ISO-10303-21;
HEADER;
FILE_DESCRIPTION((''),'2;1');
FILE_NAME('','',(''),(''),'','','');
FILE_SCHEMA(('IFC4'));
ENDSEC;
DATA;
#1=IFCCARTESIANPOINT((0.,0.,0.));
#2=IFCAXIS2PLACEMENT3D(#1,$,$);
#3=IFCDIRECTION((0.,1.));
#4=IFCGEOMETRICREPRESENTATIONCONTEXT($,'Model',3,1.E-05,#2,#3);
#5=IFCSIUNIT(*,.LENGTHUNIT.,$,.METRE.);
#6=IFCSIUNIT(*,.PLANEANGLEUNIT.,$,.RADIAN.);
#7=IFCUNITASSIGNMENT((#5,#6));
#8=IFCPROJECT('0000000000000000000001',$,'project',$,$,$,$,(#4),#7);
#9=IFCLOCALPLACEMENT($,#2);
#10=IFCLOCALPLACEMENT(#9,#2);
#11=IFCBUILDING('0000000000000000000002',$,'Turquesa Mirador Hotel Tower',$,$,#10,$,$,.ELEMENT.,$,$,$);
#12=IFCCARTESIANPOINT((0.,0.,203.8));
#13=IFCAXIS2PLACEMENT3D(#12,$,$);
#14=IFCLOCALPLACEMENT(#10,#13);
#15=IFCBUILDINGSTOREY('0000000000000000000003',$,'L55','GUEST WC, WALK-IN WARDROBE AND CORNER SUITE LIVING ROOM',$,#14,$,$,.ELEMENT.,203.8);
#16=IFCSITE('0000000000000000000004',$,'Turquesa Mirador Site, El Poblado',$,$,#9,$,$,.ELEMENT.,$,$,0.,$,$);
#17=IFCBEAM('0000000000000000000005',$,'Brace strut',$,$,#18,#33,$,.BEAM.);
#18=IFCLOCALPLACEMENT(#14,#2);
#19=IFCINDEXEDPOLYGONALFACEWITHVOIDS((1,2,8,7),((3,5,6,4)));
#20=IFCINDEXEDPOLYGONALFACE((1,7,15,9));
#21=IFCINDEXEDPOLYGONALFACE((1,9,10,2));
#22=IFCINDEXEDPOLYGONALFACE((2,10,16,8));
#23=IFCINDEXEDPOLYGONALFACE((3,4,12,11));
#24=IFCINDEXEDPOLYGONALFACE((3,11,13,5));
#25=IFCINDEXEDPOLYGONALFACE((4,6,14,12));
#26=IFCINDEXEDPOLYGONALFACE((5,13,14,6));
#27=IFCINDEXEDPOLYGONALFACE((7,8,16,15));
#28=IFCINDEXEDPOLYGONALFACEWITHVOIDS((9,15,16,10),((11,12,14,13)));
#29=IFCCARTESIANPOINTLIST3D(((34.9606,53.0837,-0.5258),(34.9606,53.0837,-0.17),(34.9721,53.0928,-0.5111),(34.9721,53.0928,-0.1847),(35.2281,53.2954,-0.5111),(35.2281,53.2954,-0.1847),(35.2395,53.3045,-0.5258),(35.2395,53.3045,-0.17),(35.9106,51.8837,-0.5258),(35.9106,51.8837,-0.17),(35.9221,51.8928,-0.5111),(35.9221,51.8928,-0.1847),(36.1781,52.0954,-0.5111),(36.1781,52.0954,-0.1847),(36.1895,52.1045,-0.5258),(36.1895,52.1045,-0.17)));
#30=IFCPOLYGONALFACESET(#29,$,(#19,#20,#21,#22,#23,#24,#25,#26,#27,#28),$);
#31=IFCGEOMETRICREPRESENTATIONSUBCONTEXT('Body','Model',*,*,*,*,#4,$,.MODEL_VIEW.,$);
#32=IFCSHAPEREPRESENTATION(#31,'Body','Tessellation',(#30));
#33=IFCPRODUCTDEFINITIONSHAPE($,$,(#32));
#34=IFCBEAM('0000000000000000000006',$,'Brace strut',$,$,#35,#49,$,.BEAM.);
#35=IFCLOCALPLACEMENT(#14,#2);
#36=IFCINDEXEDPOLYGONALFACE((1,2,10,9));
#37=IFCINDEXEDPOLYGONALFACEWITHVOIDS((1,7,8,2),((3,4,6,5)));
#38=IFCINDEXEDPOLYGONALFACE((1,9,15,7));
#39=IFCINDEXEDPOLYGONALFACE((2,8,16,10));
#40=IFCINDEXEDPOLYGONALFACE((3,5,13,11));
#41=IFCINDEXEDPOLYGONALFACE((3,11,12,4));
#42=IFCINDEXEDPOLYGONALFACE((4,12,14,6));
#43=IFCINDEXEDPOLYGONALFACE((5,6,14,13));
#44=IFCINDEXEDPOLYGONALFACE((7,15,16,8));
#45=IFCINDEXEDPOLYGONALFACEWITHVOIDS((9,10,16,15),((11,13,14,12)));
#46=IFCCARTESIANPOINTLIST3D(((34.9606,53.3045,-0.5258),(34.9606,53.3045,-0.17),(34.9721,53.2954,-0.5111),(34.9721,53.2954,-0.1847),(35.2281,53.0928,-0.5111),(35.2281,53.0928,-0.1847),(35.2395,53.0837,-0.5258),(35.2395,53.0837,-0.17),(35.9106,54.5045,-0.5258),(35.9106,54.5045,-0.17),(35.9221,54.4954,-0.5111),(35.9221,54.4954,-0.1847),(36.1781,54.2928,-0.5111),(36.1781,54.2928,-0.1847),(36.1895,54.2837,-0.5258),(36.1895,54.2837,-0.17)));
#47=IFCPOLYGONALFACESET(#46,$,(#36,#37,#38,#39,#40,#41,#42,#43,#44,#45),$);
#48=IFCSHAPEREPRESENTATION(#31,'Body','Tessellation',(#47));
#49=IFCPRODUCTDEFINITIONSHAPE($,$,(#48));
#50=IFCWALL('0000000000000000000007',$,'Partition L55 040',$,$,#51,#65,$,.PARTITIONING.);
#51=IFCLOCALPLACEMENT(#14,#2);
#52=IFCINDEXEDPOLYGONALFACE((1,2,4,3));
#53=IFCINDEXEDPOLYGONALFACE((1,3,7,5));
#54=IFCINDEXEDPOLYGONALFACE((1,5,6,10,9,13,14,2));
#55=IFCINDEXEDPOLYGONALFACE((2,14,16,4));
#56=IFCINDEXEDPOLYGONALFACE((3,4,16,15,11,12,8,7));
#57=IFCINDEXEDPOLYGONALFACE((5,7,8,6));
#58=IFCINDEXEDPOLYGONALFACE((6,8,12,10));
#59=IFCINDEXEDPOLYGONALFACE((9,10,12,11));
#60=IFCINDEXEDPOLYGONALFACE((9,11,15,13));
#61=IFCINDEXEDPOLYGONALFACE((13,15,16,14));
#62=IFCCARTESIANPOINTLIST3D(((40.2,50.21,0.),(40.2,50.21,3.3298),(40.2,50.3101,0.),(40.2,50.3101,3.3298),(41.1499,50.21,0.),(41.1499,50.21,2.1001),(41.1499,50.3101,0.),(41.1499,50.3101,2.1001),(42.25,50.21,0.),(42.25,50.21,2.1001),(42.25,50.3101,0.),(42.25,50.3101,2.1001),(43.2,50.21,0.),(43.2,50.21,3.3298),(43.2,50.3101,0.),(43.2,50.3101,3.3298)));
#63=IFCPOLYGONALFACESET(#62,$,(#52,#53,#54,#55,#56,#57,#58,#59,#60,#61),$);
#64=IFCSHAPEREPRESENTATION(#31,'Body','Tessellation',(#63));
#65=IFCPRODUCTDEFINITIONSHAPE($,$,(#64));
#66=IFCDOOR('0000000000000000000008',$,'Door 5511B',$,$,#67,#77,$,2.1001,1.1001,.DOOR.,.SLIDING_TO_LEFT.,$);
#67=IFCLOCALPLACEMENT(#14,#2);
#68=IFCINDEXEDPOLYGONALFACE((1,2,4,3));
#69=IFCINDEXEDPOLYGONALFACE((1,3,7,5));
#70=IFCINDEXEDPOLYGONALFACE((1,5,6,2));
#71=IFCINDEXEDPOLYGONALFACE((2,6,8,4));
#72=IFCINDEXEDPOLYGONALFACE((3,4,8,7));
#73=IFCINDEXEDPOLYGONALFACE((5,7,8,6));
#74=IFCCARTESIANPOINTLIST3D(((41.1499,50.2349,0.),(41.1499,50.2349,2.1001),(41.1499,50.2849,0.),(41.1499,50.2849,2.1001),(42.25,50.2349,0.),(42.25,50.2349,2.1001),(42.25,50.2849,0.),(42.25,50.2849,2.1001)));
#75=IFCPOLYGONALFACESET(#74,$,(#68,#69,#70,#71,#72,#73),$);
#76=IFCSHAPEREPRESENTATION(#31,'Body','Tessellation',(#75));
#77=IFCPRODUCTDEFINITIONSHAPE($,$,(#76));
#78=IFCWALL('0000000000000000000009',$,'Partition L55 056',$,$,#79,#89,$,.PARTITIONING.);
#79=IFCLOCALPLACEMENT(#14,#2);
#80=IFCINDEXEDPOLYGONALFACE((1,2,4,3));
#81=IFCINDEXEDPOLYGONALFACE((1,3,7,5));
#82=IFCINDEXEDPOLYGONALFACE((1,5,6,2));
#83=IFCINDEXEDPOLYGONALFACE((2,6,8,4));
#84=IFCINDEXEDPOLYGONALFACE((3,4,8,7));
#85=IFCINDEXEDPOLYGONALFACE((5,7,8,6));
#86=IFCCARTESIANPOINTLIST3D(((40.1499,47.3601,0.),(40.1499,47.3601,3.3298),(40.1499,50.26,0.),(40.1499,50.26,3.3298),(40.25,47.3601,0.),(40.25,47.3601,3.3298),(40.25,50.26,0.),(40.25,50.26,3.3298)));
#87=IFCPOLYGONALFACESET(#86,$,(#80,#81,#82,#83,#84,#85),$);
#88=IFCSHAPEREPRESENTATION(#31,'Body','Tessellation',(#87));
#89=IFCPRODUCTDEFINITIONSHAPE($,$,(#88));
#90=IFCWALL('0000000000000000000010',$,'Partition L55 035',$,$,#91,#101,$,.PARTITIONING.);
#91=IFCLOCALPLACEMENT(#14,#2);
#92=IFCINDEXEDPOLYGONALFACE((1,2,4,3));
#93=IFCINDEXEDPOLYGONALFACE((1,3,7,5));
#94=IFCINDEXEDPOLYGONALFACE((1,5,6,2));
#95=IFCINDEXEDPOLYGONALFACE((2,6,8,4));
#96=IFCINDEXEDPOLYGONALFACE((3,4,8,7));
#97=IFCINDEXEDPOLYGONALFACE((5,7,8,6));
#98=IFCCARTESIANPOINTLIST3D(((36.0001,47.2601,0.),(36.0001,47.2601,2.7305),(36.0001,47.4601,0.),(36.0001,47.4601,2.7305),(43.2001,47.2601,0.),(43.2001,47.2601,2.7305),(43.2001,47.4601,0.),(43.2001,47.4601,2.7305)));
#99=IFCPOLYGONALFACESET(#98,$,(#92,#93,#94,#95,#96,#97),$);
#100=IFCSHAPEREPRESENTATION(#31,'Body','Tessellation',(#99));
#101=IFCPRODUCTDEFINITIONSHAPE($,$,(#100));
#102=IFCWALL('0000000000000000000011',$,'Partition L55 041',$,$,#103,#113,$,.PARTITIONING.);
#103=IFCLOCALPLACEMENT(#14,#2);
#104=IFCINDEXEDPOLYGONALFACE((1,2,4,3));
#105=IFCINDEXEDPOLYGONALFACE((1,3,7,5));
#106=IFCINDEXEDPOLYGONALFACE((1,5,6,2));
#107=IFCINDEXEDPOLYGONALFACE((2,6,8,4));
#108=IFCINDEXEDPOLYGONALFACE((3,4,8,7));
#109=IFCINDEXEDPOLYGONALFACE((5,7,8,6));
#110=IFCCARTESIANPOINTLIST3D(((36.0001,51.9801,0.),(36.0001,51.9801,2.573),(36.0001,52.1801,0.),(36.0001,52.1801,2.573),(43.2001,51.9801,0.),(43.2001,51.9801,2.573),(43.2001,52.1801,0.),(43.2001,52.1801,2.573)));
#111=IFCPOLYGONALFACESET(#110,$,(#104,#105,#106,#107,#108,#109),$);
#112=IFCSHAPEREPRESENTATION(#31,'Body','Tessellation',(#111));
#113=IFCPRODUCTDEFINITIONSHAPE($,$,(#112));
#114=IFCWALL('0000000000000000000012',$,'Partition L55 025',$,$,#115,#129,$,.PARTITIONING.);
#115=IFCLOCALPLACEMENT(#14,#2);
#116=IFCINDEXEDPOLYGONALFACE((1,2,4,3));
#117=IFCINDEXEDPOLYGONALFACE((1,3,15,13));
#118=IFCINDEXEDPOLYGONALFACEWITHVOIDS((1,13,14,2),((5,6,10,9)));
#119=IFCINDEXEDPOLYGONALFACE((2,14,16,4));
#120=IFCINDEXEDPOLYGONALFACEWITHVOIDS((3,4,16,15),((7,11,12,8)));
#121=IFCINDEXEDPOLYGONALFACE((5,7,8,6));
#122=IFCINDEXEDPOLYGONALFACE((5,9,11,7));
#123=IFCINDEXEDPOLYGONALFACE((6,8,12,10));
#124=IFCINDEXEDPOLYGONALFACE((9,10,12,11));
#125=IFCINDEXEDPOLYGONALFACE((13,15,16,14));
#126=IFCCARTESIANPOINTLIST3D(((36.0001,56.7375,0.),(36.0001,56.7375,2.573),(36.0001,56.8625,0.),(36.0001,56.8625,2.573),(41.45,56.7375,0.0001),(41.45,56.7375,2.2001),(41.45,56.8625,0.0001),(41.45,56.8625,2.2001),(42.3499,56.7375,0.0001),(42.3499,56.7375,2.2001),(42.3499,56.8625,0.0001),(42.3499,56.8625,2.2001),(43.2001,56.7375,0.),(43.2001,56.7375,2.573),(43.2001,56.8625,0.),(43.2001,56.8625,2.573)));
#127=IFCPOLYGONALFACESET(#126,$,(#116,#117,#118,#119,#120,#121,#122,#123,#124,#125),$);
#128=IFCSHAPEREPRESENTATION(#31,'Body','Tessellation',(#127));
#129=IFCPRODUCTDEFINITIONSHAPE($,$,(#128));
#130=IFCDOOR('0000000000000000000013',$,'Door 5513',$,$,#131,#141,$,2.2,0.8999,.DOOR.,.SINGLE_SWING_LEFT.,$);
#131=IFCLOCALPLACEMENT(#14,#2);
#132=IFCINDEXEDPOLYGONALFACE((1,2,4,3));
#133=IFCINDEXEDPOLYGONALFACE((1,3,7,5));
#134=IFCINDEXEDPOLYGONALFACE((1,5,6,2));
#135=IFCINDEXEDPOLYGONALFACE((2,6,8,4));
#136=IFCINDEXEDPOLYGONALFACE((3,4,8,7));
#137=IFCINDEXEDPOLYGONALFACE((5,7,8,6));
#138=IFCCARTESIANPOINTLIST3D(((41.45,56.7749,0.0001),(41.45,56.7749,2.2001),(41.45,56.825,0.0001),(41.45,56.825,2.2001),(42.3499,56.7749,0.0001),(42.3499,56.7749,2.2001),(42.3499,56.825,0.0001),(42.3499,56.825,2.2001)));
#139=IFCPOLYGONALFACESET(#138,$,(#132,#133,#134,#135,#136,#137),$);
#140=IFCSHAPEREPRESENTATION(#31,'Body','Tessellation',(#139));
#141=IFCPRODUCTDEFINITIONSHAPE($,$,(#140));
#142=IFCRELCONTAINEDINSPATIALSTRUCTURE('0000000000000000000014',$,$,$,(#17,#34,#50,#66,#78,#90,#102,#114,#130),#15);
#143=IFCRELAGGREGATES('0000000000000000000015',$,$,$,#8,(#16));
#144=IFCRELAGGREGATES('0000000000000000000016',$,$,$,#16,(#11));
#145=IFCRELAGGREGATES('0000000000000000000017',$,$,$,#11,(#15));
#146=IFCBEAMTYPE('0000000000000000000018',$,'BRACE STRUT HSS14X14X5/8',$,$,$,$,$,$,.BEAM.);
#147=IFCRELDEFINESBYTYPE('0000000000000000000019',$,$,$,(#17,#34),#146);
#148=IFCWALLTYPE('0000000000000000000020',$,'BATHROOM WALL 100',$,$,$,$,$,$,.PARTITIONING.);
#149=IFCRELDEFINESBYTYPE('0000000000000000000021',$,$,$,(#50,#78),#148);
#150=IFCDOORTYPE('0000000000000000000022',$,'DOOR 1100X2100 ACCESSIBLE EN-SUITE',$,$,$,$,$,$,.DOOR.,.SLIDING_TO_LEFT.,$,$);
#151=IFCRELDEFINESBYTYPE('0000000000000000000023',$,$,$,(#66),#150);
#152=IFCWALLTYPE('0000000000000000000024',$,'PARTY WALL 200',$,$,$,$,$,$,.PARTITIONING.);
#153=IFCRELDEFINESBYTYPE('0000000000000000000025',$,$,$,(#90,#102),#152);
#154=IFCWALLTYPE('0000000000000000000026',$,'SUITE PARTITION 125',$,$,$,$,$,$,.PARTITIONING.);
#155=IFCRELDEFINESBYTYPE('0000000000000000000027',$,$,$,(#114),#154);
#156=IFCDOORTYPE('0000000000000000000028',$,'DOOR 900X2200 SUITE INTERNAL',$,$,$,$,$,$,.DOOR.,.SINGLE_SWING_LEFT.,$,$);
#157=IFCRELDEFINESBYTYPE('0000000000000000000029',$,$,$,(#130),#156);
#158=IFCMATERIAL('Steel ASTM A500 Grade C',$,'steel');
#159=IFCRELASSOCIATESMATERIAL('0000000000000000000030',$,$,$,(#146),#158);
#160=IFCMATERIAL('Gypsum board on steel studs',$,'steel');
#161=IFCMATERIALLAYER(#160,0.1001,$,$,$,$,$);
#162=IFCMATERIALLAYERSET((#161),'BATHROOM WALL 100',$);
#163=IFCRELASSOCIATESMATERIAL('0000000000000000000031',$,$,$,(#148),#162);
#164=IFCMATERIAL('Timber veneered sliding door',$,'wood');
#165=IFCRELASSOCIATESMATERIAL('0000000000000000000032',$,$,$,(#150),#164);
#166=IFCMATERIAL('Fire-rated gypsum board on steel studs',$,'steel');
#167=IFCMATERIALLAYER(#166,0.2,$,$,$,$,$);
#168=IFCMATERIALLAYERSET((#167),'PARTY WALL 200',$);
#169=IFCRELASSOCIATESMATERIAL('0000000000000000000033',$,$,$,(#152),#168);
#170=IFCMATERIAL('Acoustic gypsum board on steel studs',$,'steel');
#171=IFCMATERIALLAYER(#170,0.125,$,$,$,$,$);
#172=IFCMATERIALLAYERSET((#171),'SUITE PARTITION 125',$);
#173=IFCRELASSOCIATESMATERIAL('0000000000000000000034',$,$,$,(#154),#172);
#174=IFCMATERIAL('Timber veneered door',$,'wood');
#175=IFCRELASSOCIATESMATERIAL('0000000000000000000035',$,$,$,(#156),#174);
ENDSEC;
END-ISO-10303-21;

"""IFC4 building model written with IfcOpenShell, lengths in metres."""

from ifc_helpers import new_model, si_unit, direction, frame, frame_2d, origin, origin_2d, place, context, subcontext, project, spatial, rectangle, hollow_rectangle, extrude, material, layer, layer_set, material_profile, profile_set, type_object, element, fill, save


model = new_model("IFC4")

# Units and contexts
model_context = context("Model", 3, precision=1e-05, world=origin(), true_north=direction((0.0, 1.0)))
body_context = subcontext(model_context, "Body", "Model", "MODEL_VIEW")
ifc_project = project(units=[si_unit("LENGTHUNIT", "METRE"), si_unit("PLANEANGLEUNIT", "RADIAN")], contexts=[model_context])

# Site, building, storey
site_placement = place(None, origin())
site = spatial("IfcSite", under=ifc_project, at=site_placement, Name="Turquesa Mirador Site, El Poblado", CompositionType="ELEMENT", RefElevation=0.0)
building_placement = place(site_placement, origin())
building = spatial("IfcBuilding", under=site, at=building_placement, Name="Turquesa Mirador Hotel Tower", CompositionType="ELEMENT")
storey_placement = place(building_placement, frame((0.0, 0.0, 203.8)))
storey = spatial("IfcBuildingStorey", under=building, at=storey_placement, Name="L55", Description="GUEST WC, WALK-IN WARDROBE AND CORNER SUITE LIVING ROOM", CompositionType="ELEMENT", Elevation=203.8)

# Beams
ifc_material_1 = material(Name="Steel ASTM A500 Grade C", Category="steel")
ifc_material_profile_1 = material_profile(ifc_material_1, hollow_rectangle(XDim=0.3557, YDim=0.3557, WallThickness=0.0146, at=origin_2d()), Name="HSS14X14X5/8")
ifc_profile_set_1 = profile_set([ifc_material_profile_1], Name="Steel ASTM A500 Grade C")
beam_type_1 = type_object("IfcBeamType", Name="BRACE STRUT HSS14X14X5/8", PredefinedType="BEAM", material=ifc_profile_set_1)
for number, where, z_axis, x_axis, name in (
    (1, (35.1001, 53.1941, -0.3479), (0.620699, -0.784049, 0.0), (0.784049, 0.620699, 0.0), "Brace strut"),
    (2, (35.1001, 53.1941, -0.3479), (0.620699, 0.784049, 0.0), (-0.784049, 0.620699, 0.0), "Brace strut"),
):
    element("IfcBeam", number, at=place(storey_placement, frame(where, z_axis=z_axis, x_axis=x_axis)), inside=storey, type_object=beam_type_1, Name=name, PredefinedType="BEAM", context=body_context, shape_type="SweptSolid", body=[
        extrude(hollow_rectangle(XDim=0.3557, YDim=0.3557, WallThickness=0.0146, at=origin_2d()), origin(), (0.0, 0.0, 1.0), 1.5305),
    ])

# Wall, opening, door
ifc_material_2 = material(Name="Gypsum board on steel studs", Category="steel")
ifc_layer_1 = layer(ifc_material_2, 0.1001)
ifc_layer_set_1 = layer_set([ifc_layer_1], Name="BATHROOM WALL 100")
wall_type_1 = type_object("IfcWallType", Name="BATHROOM WALL 100", PredefinedType="PARTITIONING", material=ifc_layer_set_1)
wall_1_placement = place(storey_placement, frame((40.2, 50.26, 0.0), z_axis=(0.0, 0.0, 1.0), x_axis=(1.0, 0.0, 0.0)))
wall_1 = element("IfcWall", 3, at=wall_1_placement, inside=storey, type_object=wall_type_1, Name="Partition L55 040", PredefinedType="PARTITIONING", context=body_context, shape_type="SweptSolid", body=[
    extrude(rectangle(XDim=3.0, YDim=0.1001, at=frame_2d((1.5, 0.0))), origin(), (0.0, 0.0, 1.0), 3.3298),
])
opening_1_placement = place(wall_1_placement, frame((0.95, 0.0, 0.0)))
opening_1 = element("IfcOpeningElement", 4, at=opening_1_placement, cuts=wall_1, PredefinedType="OPENING", context=body_context, shape_type="SweptSolid", body=[
    extrude(rectangle(XDim=1.1001, YDim=2.1001, at=frame_2d((0.55, 1.05))), frame((0.0, 0.0601, 0.0), z_axis=(0.0, -1.0, 0.0), x_axis=(1.0, 0.0, 0.0)), (0.0, 0.0, 1.0), 0.1201),
])
ifc_material_3 = material(Name="Timber veneered sliding door", Category="wood")
door_type_1 = type_object("IfcDoorType", Name="DOOR 1100X2100 ACCESSIBLE EN-SUITE", OperationType="SLIDING_TO_LEFT", PredefinedType="DOOR", material=ifc_material_3)
door_1_placement = place(opening_1_placement, origin())
door_1 = element("IfcDoor", 5, at=door_1_placement, inside=storey, type_object=door_type_1, Name="Door 5511B", OperationType="SLIDING_TO_LEFT", OverallHeight=2.1001, OverallWidth=1.1001, PredefinedType="DOOR", context=body_context, shape_type="SweptSolid", body=[
    extrude(rectangle(XDim=1.1001, YDim=2.1001, at=frame_2d((0.55, 1.05))), frame((0.0, 0.0249, 0.0), z_axis=(0.0, -1.0, 0.0), x_axis=(1.0, 0.0, 0.0)), (0.0, 0.0, 1.0), 0.05),
])
fill(opening_1, door_1)

# Walls
wall_2_placement = place(storey_placement, frame((40.2, 47.3601, 0.0), z_axis=(0.0, 0.0, 1.0), x_axis=(0.0, 1.0, 0.0)))
element("IfcWall", 6, at=wall_2_placement, inside=storey, type_object=wall_type_1, Name="Partition L55 056", PredefinedType="PARTITIONING", context=body_context, shape_type="SweptSolid", body=[
    extrude(rectangle(XDim=2.8999, YDim=0.1001, at=frame_2d((1.45, 0.0))), origin(), (0.0, 0.0, 1.0), 3.3298),
])
ifc_material_4 = material(Name="Fire-rated gypsum board on steel studs", Category="steel")
ifc_layer_2 = layer(ifc_material_4, 0.2)
ifc_layer_set_2 = layer_set([ifc_layer_2], Name="PARTY WALL 200")
wall_type_2 = type_object("IfcWallType", Name="PARTY WALL 200", PredefinedType="PARTITIONING", material=ifc_layer_set_2)
wall_3_placement = place(storey_placement, frame((36.0, 47.3601, 0.0), z_axis=(0.0, 0.0, 1.0), x_axis=(1.0, 0.0, 0.0)))
element("IfcWall", 7, at=wall_3_placement, inside=storey, type_object=wall_type_2, Name="Partition L55 035", PredefinedType="PARTITIONING", context=body_context, shape_type="SweptSolid", body=[
    extrude(rectangle(XDim=7.2, YDim=0.2, at=frame_2d((3.6001, 0.0))), origin(), (0.0, 0.0, 1.0), 2.7305),
])
wall_4_placement = place(storey_placement, frame((36.0, 52.0801, 0.0), z_axis=(0.0, 0.0, 1.0), x_axis=(1.0, 0.0, 0.0)))
element("IfcWall", 8, at=wall_4_placement, inside=storey, type_object=wall_type_2, Name="Partition L55 041", PredefinedType="PARTITIONING", context=body_context, shape_type="SweptSolid", body=[
    extrude(rectangle(XDim=7.2, YDim=0.2, at=frame_2d((3.6001, 0.0))), origin(), (0.0, 0.0, 1.0), 2.573),
])

# Wall, opening, door
ifc_material_5 = material(Name="Acoustic gypsum board on steel studs", Category="steel")
ifc_layer_3 = layer(ifc_material_5, 0.125)
ifc_layer_set_3 = layer_set([ifc_layer_3], Name="SUITE PARTITION 125")
wall_type_3 = type_object("IfcWallType", Name="SUITE PARTITION 125", PredefinedType="PARTITIONING", material=ifc_layer_set_3)
wall_5_placement = place(storey_placement, frame((36.0, 56.8, 0.0), z_axis=(0.0, 0.0, 1.0), x_axis=(1.0, 0.0, 0.0)))
wall_5 = element("IfcWall", 9, at=wall_5_placement, inside=storey, type_object=wall_type_3, Name="Partition L55 025", PredefinedType="PARTITIONING", context=body_context, shape_type="SweptSolid", body=[
    extrude(rectangle(XDim=7.2, YDim=0.125, at=frame_2d((3.6001, 0.0))), origin(), (0.0, 0.0, 1.0), 2.573),
])
opening_2_placement = place(wall_5_placement, frame((5.45, 0.0, 0.0)))
opening_2 = element("IfcOpeningElement", 10, at=opening_2_placement, cuts=wall_5, PredefinedType="OPENING", context=body_context, shape_type="SweptSolid", body=[
    extrude(rectangle(XDim=0.8999, YDim=2.2, at=frame_2d((0.45, 1.1001))), frame((0.0, 0.0725, 0.0), z_axis=(0.0, -1.0, 0.0), x_axis=(1.0, 0.0, 0.0)), (0.0, 0.0, 1.0), 0.145),
])
ifc_material_6 = material(Name="Timber veneered door", Category="wood")
door_type_2 = type_object("IfcDoorType", Name="DOOR 900X2200 SUITE INTERNAL", OperationType="SINGLE_SWING_LEFT", PredefinedType="DOOR", material=ifc_material_6)
door_2_placement = place(opening_2_placement, origin())
door_2 = element("IfcDoor", 11, at=door_2_placement, inside=storey, type_object=door_type_2, Name="Door 5513", OperationType="SINGLE_SWING_LEFT", OverallHeight=2.2, OverallWidth=0.8999, PredefinedType="DOOR", context=body_context, shape_type="SweptSolid", body=[
    extrude(rectangle(XDim=0.8999, YDim=2.2, at=frame_2d((0.45, 1.1001))), frame((0.0, 0.0249, 0.0), z_axis=(0.0, -1.0, 0.0), x_axis=(1.0, 0.0, 0.0)), (0.0, 0.0, 1.0), 0.05),
])
fill(opening_2, door_2)

save(model, "model.ifc")
